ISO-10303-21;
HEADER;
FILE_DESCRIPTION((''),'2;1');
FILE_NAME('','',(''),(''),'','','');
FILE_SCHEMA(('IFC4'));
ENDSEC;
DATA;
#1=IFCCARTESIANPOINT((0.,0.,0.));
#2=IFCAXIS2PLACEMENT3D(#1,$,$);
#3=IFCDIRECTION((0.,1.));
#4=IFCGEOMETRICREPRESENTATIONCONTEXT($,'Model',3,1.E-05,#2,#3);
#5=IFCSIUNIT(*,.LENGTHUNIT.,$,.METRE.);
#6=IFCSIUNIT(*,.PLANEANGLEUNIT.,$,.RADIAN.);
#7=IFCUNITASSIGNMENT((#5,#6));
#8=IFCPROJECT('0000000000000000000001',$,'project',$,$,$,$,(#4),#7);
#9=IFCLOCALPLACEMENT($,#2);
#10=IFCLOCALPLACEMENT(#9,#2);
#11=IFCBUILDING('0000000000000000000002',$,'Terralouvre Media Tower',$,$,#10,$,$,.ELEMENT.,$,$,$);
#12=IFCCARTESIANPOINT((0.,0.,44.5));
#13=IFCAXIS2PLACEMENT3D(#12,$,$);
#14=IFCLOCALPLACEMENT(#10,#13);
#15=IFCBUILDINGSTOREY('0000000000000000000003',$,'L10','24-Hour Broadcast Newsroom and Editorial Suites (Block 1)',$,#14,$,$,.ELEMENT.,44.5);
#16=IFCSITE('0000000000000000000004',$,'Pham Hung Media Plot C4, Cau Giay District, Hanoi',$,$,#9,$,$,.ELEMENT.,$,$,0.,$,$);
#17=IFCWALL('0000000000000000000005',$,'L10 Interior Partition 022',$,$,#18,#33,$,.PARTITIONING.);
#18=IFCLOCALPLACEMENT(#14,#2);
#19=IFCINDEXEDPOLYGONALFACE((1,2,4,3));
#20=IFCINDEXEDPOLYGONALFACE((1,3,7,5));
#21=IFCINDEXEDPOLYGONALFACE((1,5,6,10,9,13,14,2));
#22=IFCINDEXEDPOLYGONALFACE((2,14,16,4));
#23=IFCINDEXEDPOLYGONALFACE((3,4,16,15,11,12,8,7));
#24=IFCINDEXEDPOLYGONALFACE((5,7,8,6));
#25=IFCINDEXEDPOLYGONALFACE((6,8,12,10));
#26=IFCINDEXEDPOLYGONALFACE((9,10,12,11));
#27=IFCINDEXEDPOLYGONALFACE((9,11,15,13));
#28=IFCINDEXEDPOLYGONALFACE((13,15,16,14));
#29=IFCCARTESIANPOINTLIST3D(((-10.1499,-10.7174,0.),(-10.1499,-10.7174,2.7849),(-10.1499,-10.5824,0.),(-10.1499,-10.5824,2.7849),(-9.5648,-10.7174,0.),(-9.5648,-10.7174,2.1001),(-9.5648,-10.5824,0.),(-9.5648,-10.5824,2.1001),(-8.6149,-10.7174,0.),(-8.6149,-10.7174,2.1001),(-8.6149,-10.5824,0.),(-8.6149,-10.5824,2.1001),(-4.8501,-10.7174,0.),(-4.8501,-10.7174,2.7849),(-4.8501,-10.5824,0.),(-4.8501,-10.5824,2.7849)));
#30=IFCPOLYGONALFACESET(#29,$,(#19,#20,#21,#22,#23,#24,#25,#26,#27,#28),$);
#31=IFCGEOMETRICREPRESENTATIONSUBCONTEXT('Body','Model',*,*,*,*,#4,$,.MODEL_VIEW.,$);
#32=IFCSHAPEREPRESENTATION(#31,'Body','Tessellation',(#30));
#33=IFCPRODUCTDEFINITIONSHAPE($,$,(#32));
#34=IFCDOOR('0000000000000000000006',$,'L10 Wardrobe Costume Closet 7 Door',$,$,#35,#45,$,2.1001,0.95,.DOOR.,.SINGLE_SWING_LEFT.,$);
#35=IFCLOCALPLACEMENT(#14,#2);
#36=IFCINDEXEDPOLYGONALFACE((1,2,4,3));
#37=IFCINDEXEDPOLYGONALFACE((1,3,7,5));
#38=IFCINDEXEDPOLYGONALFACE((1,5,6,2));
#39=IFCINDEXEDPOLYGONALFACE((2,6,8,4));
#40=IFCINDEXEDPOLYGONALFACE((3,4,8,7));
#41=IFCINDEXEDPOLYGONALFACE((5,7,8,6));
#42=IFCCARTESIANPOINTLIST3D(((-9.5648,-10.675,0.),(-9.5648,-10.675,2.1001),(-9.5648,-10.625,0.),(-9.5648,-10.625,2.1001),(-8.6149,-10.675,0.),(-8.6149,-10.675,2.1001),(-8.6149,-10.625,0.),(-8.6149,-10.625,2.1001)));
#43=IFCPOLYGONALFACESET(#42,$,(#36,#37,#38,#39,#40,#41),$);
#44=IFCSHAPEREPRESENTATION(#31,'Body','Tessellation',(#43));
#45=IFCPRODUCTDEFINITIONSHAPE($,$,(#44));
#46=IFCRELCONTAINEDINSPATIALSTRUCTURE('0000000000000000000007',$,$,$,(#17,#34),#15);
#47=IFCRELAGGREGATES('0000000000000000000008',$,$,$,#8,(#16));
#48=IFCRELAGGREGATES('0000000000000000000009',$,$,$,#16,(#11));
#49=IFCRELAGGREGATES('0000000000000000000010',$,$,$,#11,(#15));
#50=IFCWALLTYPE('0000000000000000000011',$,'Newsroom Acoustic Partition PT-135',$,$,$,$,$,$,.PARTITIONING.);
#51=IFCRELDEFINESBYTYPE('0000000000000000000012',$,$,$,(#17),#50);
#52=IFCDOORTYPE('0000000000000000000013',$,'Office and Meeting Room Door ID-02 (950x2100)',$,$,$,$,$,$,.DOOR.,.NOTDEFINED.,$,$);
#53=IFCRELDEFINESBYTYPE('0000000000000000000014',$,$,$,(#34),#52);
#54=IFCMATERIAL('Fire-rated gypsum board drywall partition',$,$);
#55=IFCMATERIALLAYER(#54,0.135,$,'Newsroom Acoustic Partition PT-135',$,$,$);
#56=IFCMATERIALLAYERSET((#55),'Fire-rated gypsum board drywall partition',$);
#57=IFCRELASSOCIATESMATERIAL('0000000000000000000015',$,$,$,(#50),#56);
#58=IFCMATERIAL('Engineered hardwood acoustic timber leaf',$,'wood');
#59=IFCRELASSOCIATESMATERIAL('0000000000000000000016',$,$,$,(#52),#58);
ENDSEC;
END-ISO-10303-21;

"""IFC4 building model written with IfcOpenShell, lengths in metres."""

from ifc_helpers import new_model, si_unit, direction, frame, frame_2d, origin, place, context, subcontext, project, spatial, rectangle, extrude, material, layer, layer_set, type_object, element, fill, save


model = new_model("IFC4")

# Units and contexts
model_context = context("Model", 3, precision=1e-05, world=origin(), true_north=direction((0.0, 1.0)))
body_context = subcontext(model_context, "Body", "Model", "MODEL_VIEW")
ifc_project = project(units=[si_unit("LENGTHUNIT", "METRE"), si_unit("PLANEANGLEUNIT", "RADIAN")], contexts=[model_context])

# Site, building, storey
site_placement = place(None, origin())
site = spatial("IfcSite", under=ifc_project, at=site_placement, Name="Pham Hung Media Plot C4, Cau Giay District, Hanoi", CompositionType="ELEMENT", RefElevation=0.0)
building_placement = place(site_placement, origin())
building = spatial("IfcBuilding", under=site, at=building_placement, Name="Terralouvre Media Tower", CompositionType="ELEMENT")
storey_placement = place(building_placement, frame((0.0, 0.0, 44.5)))
storey = spatial("IfcBuildingStorey", under=building, at=storey_placement, Name="L10", Description="24-Hour Broadcast Newsroom and Editorial Suites (Block 1)", CompositionType="ELEMENT", Elevation=44.5)

# Shared definitions
ifc_material_1 = material(Name="Fire-rated gypsum board drywall partition")
ifc_layer_1 = layer(ifc_material_1, 0.135, Name="Newsroom Acoustic Partition PT-135")
ifc_layer_set_1 = layer_set([ifc_layer_1], Name="Fire-rated gypsum board drywall partition")
wall_type_1 = type_object("IfcWallType", Name="Newsroom Acoustic Partition PT-135", PredefinedType="PARTITIONING", material=ifc_layer_set_1)

# Wall, opening, door
wall_1_placement = place(storey_placement, frame((-10.1499, -10.6499, 0.0), z_axis=(0.0, 0.0, 1.0), x_axis=(1.0, 0.0, 0.0)))
wall_1 = element("IfcWall", 1, at=wall_1_placement, inside=storey, type_object=wall_type_1, Name="L10 Interior Partition 022", PredefinedType="PARTITIONING", context=body_context, shape_type="SweptSolid", body=[
    extrude(rectangle(XDim=5.2998, YDim=0.135, at=frame_2d((2.6499, 0.0))), origin(), (0.0, 0.0, 1.0), 2.7849),
])
opening_1_placement = place(wall_1_placement, frame((0.585, 0.0, 0.0)))
opening_1 = element("IfcOpeningElement", 2, at=opening_1_placement, cuts=wall_1, PredefinedType="OPENING", context=body_context, shape_type="SweptSolid", body=[
    extrude(rectangle(XDim=0.95, YDim=2.1001, at=frame_2d((0.4751, 1.05))), frame((0.0, 0.0774, 0.0), z_axis=(0.0, -1.0, 0.0), x_axis=(1.0, 0.0, 0.0)), (0.0, 0.0, 1.0), 0.155),
])
ifc_material_2 = material(Name="Engineered hardwood acoustic timber leaf", Category="wood")
door_type_1 = type_object("IfcDoorType", Name="Office and Meeting Room Door ID-02 (950x2100)", OperationType="NOTDEFINED", PredefinedType="DOOR", material=ifc_material_2)
door_1_placement = place(opening_1_placement, origin())
door_1 = element("IfcDoor", 3, at=door_1_placement, inside=storey, type_object=door_type_1, Name="L10 Wardrobe Costume Closet 7 Door", OperationType="SINGLE_SWING_LEFT", OverallHeight=2.1001, OverallWidth=0.95, PredefinedType="DOOR", context=body_context, shape_type="SweptSolid", body=[
    extrude(rectangle(XDim=0.95, YDim=2.1001, at=frame_2d((0.4751, 1.05))), frame((0.0, 0.0249, 0.0), z_axis=(0.0, -1.0, 0.0), x_axis=(1.0, 0.0, 0.0)), (0.0, 0.0, 1.0), 0.05),
])
fill(opening_1, door_1)

save(model, "model.ifc")
